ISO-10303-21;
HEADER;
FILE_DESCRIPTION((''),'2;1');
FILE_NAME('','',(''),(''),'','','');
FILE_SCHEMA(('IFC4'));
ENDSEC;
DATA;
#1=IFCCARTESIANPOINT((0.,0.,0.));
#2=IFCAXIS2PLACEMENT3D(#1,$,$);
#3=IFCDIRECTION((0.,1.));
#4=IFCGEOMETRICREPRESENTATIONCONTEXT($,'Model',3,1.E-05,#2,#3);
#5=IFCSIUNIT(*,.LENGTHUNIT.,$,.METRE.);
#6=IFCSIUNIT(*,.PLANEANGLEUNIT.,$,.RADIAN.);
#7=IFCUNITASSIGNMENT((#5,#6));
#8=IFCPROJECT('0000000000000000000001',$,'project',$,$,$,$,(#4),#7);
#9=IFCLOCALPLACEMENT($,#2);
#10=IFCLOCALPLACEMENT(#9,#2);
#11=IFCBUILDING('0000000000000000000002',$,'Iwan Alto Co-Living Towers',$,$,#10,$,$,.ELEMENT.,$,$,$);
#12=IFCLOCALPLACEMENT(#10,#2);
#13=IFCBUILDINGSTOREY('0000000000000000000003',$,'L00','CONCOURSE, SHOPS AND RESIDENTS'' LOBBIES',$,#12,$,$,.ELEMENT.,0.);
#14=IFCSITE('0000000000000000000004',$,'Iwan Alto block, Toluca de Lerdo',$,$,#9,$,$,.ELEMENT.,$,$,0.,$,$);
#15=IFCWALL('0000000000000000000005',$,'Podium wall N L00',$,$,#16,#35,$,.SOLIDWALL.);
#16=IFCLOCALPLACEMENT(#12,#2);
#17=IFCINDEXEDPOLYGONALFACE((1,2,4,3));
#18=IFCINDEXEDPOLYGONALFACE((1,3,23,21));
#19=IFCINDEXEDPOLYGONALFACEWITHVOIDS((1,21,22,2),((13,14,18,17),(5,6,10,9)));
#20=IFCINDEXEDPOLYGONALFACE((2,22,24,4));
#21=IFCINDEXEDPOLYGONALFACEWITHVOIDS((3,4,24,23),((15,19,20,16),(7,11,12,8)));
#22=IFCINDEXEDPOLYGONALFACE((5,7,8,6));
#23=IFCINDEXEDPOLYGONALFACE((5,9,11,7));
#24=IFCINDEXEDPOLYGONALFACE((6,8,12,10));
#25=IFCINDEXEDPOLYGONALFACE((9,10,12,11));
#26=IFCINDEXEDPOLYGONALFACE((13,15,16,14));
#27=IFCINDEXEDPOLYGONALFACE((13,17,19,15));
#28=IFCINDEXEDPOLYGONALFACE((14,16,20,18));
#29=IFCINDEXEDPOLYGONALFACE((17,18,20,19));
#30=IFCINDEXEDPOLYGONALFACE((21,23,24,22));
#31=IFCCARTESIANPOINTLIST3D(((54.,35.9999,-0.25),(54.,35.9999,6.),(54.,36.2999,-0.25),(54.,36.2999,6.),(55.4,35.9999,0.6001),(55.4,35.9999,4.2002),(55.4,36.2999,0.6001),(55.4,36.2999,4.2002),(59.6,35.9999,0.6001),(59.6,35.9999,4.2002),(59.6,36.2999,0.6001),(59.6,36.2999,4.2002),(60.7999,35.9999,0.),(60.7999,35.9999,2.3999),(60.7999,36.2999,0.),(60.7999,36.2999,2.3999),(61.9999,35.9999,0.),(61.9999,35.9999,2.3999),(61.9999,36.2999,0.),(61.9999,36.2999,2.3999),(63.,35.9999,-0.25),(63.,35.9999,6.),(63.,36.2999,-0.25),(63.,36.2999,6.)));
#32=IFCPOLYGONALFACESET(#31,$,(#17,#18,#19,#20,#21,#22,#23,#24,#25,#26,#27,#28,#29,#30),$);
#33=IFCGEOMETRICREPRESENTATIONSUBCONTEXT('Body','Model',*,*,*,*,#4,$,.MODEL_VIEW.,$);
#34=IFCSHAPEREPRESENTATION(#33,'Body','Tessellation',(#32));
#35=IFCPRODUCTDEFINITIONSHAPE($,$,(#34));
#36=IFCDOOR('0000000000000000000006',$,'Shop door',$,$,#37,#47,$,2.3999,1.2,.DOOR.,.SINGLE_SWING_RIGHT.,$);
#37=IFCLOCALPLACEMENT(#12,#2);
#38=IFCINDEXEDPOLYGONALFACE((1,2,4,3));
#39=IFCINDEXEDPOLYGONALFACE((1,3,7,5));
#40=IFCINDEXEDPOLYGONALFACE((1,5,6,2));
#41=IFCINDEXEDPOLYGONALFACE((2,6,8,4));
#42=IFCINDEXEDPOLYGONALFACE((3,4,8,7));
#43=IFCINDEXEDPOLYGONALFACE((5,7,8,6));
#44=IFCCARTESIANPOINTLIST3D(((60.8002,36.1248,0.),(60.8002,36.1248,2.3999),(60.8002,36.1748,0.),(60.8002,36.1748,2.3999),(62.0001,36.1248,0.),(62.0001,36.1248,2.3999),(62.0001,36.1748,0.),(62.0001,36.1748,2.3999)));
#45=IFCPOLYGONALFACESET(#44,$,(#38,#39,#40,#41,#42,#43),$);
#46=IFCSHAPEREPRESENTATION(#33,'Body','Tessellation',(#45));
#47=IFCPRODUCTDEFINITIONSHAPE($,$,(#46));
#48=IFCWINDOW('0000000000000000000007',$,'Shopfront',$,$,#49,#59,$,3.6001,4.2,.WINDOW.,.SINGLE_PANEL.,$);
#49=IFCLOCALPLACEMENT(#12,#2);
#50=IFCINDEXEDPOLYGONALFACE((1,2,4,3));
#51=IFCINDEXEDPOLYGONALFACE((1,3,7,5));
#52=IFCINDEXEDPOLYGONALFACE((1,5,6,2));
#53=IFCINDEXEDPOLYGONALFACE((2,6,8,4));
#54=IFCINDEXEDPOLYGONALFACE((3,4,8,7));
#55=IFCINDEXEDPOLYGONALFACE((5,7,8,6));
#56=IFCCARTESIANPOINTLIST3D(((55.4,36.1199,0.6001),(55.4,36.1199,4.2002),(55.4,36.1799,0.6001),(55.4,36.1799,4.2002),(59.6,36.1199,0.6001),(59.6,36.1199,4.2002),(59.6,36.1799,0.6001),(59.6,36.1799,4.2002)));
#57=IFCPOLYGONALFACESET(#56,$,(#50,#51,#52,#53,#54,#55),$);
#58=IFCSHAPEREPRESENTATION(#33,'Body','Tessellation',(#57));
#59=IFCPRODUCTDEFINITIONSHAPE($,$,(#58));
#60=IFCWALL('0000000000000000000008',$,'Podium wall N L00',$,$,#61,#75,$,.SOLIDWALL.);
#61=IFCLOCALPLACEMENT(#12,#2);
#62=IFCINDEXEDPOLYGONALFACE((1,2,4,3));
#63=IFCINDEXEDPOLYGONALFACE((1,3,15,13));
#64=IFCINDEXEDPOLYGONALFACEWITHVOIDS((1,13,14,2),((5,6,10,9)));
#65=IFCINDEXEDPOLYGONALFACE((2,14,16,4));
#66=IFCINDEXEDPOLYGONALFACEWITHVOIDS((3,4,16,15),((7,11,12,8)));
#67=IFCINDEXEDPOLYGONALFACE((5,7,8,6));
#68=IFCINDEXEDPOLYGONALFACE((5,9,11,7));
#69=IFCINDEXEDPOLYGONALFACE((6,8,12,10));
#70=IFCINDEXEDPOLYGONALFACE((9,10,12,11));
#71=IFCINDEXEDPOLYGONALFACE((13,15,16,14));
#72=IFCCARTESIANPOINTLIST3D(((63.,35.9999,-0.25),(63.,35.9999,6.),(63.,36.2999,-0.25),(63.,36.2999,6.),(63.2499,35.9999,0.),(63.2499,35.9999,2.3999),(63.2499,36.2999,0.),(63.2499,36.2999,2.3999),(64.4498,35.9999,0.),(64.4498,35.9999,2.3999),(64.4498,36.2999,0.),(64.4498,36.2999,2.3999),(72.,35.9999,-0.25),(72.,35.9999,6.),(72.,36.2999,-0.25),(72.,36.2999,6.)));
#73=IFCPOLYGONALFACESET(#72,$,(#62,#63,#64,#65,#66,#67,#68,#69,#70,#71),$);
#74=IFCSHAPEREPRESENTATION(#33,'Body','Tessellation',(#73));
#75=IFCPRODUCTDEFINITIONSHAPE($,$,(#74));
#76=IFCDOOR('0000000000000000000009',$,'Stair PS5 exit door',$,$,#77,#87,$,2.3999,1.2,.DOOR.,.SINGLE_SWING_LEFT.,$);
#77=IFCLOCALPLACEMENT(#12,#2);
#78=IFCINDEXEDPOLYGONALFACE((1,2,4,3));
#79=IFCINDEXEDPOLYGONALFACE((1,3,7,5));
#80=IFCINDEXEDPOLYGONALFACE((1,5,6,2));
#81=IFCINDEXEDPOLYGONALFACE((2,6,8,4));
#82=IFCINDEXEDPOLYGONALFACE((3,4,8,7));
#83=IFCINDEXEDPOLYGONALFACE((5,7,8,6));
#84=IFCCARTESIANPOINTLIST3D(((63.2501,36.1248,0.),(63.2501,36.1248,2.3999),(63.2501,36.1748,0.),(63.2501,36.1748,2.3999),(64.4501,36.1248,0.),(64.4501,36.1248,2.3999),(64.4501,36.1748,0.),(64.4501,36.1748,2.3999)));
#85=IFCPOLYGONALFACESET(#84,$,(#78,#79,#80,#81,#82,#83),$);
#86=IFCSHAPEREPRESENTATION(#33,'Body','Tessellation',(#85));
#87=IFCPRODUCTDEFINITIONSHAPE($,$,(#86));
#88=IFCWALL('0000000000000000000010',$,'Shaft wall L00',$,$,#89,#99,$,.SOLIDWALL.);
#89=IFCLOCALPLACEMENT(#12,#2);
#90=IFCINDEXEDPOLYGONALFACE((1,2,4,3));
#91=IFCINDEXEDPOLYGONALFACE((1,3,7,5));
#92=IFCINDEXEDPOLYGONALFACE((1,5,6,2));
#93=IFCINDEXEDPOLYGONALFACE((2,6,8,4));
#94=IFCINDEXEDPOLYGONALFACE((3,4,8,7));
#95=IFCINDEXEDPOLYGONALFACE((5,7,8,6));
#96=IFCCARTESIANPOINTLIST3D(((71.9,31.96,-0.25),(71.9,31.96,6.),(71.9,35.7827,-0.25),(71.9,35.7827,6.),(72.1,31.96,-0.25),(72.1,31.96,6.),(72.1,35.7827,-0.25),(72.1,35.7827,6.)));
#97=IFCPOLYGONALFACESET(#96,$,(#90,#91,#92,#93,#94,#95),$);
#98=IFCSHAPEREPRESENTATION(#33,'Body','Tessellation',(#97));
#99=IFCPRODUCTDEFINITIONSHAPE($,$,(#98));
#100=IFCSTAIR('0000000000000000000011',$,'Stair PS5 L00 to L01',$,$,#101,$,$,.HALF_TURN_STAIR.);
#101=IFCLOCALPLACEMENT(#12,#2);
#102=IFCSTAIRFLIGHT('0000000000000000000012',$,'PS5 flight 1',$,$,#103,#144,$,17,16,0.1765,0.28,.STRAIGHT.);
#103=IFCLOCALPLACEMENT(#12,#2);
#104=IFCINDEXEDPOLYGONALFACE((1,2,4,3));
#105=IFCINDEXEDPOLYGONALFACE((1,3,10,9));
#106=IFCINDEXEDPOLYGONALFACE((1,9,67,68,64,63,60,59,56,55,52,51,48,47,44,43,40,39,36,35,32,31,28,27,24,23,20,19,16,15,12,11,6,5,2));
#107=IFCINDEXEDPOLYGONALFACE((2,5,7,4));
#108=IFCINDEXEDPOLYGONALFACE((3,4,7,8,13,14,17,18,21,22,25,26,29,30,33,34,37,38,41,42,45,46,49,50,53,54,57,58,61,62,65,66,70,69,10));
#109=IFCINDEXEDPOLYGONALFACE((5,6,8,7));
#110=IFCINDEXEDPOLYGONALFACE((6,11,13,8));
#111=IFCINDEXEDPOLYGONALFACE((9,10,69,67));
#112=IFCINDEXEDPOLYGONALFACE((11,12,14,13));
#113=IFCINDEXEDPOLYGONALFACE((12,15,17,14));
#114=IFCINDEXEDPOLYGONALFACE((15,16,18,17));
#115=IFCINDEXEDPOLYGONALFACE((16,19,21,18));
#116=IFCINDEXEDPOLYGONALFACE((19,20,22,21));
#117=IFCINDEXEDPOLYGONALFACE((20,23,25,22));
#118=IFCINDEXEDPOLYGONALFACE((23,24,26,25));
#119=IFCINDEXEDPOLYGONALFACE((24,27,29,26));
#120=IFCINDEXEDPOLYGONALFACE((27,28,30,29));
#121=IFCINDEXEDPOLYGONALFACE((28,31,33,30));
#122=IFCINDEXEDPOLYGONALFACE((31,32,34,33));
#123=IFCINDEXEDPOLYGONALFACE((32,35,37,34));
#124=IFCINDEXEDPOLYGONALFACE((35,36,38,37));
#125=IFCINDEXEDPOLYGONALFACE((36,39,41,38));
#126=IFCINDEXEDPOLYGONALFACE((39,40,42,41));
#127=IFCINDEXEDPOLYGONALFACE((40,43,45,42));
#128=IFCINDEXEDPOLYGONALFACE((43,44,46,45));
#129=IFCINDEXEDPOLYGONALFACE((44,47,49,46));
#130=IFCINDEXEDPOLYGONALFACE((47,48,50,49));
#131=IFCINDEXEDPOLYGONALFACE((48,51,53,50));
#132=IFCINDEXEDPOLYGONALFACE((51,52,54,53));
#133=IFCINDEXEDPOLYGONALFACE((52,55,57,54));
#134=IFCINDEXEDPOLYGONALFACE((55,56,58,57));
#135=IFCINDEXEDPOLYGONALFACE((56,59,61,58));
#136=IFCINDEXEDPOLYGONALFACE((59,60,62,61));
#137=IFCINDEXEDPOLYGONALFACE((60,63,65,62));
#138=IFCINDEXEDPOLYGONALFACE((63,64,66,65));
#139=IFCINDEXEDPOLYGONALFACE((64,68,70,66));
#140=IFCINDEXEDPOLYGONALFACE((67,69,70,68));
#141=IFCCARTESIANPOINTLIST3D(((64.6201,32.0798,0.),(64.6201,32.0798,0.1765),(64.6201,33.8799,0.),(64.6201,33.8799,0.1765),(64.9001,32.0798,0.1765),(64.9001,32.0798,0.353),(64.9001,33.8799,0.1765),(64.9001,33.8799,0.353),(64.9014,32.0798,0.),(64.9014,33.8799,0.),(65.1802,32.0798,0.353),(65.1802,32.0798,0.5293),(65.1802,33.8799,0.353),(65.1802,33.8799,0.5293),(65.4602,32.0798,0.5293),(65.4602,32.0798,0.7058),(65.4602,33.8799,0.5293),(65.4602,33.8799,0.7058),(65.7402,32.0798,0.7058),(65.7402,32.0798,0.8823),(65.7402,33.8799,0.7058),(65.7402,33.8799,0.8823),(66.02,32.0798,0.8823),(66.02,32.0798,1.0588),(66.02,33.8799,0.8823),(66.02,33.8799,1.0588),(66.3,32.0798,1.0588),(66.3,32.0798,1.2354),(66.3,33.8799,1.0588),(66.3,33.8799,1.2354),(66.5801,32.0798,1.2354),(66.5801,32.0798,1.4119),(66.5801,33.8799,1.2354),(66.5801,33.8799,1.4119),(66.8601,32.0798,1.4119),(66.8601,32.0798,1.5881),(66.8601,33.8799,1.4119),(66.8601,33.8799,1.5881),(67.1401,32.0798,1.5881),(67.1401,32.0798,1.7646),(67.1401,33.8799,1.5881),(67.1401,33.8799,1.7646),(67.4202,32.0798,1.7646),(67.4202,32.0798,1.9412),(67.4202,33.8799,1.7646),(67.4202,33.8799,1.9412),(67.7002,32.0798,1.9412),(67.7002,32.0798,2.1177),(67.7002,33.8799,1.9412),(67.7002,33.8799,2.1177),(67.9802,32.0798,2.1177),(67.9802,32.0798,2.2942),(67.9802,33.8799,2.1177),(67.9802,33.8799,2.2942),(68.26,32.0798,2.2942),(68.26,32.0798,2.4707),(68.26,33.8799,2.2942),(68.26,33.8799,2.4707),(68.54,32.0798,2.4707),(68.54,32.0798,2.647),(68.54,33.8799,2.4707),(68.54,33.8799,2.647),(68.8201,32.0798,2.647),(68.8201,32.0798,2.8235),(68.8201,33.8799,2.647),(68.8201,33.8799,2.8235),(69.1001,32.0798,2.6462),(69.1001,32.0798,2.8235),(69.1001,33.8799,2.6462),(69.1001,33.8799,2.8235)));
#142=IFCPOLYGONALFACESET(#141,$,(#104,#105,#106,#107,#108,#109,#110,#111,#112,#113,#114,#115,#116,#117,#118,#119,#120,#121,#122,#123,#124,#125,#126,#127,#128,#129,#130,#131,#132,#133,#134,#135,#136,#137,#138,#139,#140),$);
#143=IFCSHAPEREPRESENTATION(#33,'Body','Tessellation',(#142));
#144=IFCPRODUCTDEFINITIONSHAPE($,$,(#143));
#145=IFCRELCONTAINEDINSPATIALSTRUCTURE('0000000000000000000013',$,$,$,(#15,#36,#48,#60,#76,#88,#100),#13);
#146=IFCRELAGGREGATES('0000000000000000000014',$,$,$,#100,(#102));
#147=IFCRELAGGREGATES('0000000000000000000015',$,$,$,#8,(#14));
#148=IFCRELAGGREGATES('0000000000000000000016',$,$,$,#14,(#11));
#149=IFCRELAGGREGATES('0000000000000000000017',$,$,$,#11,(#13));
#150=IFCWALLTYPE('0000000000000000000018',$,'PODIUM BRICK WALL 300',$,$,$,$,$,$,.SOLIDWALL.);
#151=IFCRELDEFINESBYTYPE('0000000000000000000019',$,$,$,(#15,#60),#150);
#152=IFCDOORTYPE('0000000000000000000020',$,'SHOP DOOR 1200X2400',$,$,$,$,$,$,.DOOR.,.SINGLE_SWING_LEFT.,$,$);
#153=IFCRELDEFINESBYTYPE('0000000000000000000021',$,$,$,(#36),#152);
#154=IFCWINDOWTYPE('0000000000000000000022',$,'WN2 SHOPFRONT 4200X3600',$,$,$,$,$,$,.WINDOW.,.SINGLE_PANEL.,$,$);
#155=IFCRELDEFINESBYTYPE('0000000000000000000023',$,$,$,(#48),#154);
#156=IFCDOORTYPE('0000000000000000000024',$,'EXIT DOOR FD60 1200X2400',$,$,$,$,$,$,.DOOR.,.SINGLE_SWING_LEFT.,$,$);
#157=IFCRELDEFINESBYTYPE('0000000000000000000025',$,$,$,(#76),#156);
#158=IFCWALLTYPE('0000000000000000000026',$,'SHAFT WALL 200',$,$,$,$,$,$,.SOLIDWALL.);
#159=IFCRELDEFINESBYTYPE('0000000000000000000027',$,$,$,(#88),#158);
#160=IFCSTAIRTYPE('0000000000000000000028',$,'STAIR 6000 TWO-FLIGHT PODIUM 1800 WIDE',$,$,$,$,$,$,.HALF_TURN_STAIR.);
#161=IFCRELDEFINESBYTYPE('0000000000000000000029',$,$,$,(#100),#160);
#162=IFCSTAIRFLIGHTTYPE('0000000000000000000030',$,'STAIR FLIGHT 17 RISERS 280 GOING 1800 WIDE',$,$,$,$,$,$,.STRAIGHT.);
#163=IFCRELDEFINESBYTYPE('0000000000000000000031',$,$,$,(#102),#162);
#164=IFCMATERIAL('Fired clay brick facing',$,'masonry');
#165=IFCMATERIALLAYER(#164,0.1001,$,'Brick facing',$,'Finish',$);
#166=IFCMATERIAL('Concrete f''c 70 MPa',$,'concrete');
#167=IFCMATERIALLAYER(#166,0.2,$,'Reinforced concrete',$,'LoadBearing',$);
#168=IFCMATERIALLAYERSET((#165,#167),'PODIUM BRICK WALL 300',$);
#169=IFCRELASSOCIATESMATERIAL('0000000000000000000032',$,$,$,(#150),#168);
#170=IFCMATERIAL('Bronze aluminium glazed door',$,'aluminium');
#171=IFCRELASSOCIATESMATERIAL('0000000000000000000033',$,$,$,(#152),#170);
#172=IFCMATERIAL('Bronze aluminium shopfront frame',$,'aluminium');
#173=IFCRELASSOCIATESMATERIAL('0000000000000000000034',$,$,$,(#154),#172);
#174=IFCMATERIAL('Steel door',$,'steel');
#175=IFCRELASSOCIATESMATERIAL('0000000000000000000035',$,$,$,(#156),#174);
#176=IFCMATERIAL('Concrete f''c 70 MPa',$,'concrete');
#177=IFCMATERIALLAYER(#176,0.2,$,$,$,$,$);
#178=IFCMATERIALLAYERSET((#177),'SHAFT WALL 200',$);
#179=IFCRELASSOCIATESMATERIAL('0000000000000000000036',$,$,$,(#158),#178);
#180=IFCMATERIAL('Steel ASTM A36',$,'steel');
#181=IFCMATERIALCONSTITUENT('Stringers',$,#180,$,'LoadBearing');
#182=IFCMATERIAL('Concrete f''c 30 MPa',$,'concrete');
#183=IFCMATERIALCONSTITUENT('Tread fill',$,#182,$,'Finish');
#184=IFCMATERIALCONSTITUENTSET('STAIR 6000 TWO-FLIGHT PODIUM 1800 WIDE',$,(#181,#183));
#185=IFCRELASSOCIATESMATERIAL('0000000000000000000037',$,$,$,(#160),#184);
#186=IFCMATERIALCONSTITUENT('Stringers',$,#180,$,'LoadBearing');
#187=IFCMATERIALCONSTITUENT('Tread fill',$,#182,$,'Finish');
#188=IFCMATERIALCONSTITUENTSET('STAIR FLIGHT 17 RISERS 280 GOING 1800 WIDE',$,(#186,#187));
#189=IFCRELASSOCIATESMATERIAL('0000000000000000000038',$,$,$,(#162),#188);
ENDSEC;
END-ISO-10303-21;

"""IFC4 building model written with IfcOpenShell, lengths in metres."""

from ifc_helpers import new_model, si_unit, direction, frame, frame_2d, origin, place, context, subcontext, project, spatial, polyline, rectangle, outline, extrude, material, layer, layer_set, constituent, constituent_set, type_object, element, fill, aggregate, save


model = new_model("IFC4")

# Units and contexts
model_context = context("Model", 3, precision=1e-05, world=origin(), true_north=direction((0.0, 1.0)))
body_context = subcontext(model_context, "Body", "Model", "MODEL_VIEW")
ifc_project = project(units=[si_unit("LENGTHUNIT", "METRE"), si_unit("PLANEANGLEUNIT", "RADIAN")], contexts=[model_context])

# Site, building, storey
site_placement = place(None, origin())
site = spatial("IfcSite", under=ifc_project, at=site_placement, Name="Iwan Alto block, Toluca de Lerdo", CompositionType="ELEMENT", RefElevation=0.0)
building_placement = place(site_placement, origin())
building = spatial("IfcBuilding", under=site, at=building_placement, Name="Iwan Alto Co-Living Towers", CompositionType="ELEMENT")
storey_placement = place(building_placement, origin())
storey = spatial("IfcBuildingStorey", under=building, at=storey_placement, Name="L00", Description="CONCOURSE, SHOPS AND RESIDENTS' LOBBIES", CompositionType="ELEMENT", Elevation=0.0)

# Wall, openings, door, window
ifc_material_1 = material(Name="Fired clay brick facing", Category="masonry")
ifc_layer_1 = layer(ifc_material_1, 0.1001, Name="Brick facing", Category="Finish")
ifc_material_2 = material(Name="Concrete f'c 70 MPa", Category="concrete")
ifc_layer_2 = layer(ifc_material_2, 0.2, Name="Reinforced concrete", Category="LoadBearing")
ifc_layer_set_1 = layer_set([ifc_layer_1, ifc_layer_2], Name="PODIUM BRICK WALL 300")
wall_type_1 = type_object("IfcWallType", Name="PODIUM BRICK WALL 300", PredefinedType="SOLIDWALL", material=ifc_layer_set_1)
wall_1_placement = place(storey_placement, frame((63.0, 36.1499, -0.25), z_axis=(0.0, 0.0, 1.0), x_axis=(-1.0, 0.0, 0.0)))
wall_1 = element("IfcWall", 1, at=wall_1_placement, inside=storey, type_object=wall_type_1, Name="Podium wall N L00", PredefinedType="SOLIDWALL", context=body_context, shape_type="SweptSolid", body=[
    extrude(rectangle(XDim=9.0, YDim=0.3, at=frame_2d((4.5, 0.0))), origin(), (0.0, 0.0, 1.0), 6.25),
])
opening_1_placement = place(wall_1_placement, frame((1.0, 0.0, 0.25)))
opening_1 = element("IfcOpeningElement", 2, at=opening_1_placement, cuts=wall_1, PredefinedType="OPENING", context=body_context, shape_type="SweptSolid", body=[
    extrude(rectangle(XDim=1.2, YDim=2.3999, at=frame_2d((0.6001, 1.2))), frame((0.0, 0.1599, 0.0), z_axis=(0.0, -1.0, 0.0), x_axis=(1.0, 0.0, 0.0)), (0.0, 0.0, 1.0), 0.3201),
])
opening_2_placement = place(wall_1_placement, frame((3.3999, 0.0, 0.8501)))
opening_2 = element("IfcOpeningElement", 3, at=opening_2_placement, cuts=wall_1, PredefinedType="OPENING", context=body_context, shape_type="SweptSolid", body=[
    extrude(rectangle(XDim=4.2, YDim=3.6001, at=frame_2d((2.1001, 1.8))), frame((0.0, 0.1599, 0.0), z_axis=(0.0, -1.0, 0.0), x_axis=(1.0, 0.0, 0.0)), (0.0, 0.0, 1.0), 0.3201),
])
ifc_material_3 = material(Name="Bronze aluminium glazed door", Category="aluminium")
door_type_1 = type_object("IfcDoorType", Name="SHOP DOOR 1200X2400", OperationType="SINGLE_SWING_LEFT", PredefinedType="DOOR", material=ifc_material_3)
door_1_placement = place(opening_1_placement, frame((1.2, 0.0, 0.0), z_axis=(0.0, 0.0, 1.0), x_axis=(-1.0, 0.0, 0.0)))
door_1 = element("IfcDoor", 4, at=door_1_placement, inside=storey, type_object=door_type_1, Name="Shop door", OperationType="SINGLE_SWING_RIGHT", OverallHeight=2.3999, OverallWidth=1.2, PredefinedType="DOOR", context=body_context, shape_type="SweptSolid", body=[
    extrude(rectangle(XDim=1.2, YDim=2.3999, at=frame_2d((0.6001, 1.2))), frame((0.0, 0.0249, 0.0), z_axis=(0.0, -1.0, 0.0), x_axis=(1.0, 0.0, 0.0)), (0.0, 0.0, 1.0), 0.05),
])
fill(opening_1, door_1)
ifc_material_4 = material(Name="Bronze aluminium shopfront frame", Category="aluminium")
window_type = type_object("IfcWindowType", Name="WN2 SHOPFRONT 4200X3600", PartitioningType="SINGLE_PANEL", PredefinedType="WINDOW", material=ifc_material_4)
window_placement = place(opening_2_placement, origin())
window = element("IfcWindow", 5, at=window_placement, inside=storey, type_object=window_type, Name="Shopfront", OverallHeight=3.6001, OverallWidth=4.2, PartitioningType="SINGLE_PANEL", PredefinedType="WINDOW", context=body_context, shape_type="SweptSolid", body=[
    extrude(rectangle(XDim=4.2, YDim=3.6001, at=frame_2d((2.1001, 1.8))), frame((0.0, 0.03, 0.0), z_axis=(0.0, -1.0, 0.0), x_axis=(1.0, 0.0, 0.0)), (0.0, 0.0, 1.0), 0.0601),
])
fill(opening_2, window)

# Wall, opening, door
wall_2_placement = place(storey_placement, frame((72.0, 36.1499, -0.25), z_axis=(0.0, 0.0, 1.0), x_axis=(-1.0, 0.0, 0.0)))
wall_2 = element("IfcWall", 6, at=wall_2_placement, inside=storey, type_object=wall_type_1, Name="Podium wall N L00", PredefinedType="SOLIDWALL", context=body_context, shape_type="SweptSolid", body=[
    extrude(rectangle(XDim=9.0, YDim=0.3, at=frame_2d((4.5, 0.0))), origin(), (0.0, 0.0, 1.0), 6.25),
])
opening_3_placement = place(wall_2_placement, frame((7.55, 0.0, 0.25)))
opening_3 = element("IfcOpeningElement", 7, at=opening_3_placement, cuts=wall_2, PredefinedType="OPENING", context=body_context, shape_type="SweptSolid", body=[
    extrude(rectangle(XDim=1.2, YDim=2.3999, at=frame_2d((0.6001, 1.2))), frame((0.0, 0.1599, 0.0), z_axis=(0.0, -1.0, 0.0), x_axis=(1.0, 0.0, 0.0)), (0.0, 0.0, 1.0), 0.3201),
])
ifc_material_5 = material(Name="Steel door", Category="steel")
door_type_2 = type_object("IfcDoorType", Name="EXIT DOOR FD60 1200X2400", OperationType="SINGLE_SWING_LEFT", PredefinedType="DOOR", material=ifc_material_5)
door_2_placement = place(opening_3_placement, frame((1.2, 0.0, 0.0), z_axis=(0.0, 0.0, 1.0), x_axis=(-1.0, 0.0, 0.0)))
door_2 = element("IfcDoor", 8, at=door_2_placement, inside=storey, type_object=door_type_2, Name="Stair PS5 exit door", OperationType="SINGLE_SWING_LEFT", OverallHeight=2.3999, OverallWidth=1.2, PredefinedType="DOOR", context=body_context, shape_type="SweptSolid", body=[
    extrude(rectangle(XDim=1.2, YDim=2.3999, at=frame_2d((0.6001, 1.2))), frame((0.0, 0.0249, 0.0), z_axis=(0.0, -1.0, 0.0), x_axis=(1.0, 0.0, 0.0)), (0.0, 0.0, 1.0), 0.05),
])
fill(opening_3, door_2)

# Wall
ifc_material_6 = material(Name="Concrete f'c 70 MPa", Category="concrete")
ifc_layer_3 = layer(ifc_material_6, 0.2)
ifc_layer_set_2 = layer_set([ifc_layer_3], Name="SHAFT WALL 200")
wall_type_2 = type_object("IfcWallType", Name="SHAFT WALL 200", PredefinedType="SOLIDWALL", material=ifc_layer_set_2)
wall_3_placement = place(storey_placement, frame((72.0, 31.96, -0.25), z_axis=(0.0, 0.0, 1.0), x_axis=(0.0, 1.0, 0.0)))
element("IfcWall", 9, at=wall_3_placement, inside=storey, type_object=wall_type_2, Name="Shaft wall L00", PredefinedType="SOLIDWALL", context=body_context, shape_type="SweptSolid", body=[
    extrude(rectangle(XDim=3.8228, YDim=0.2, at=frame_2d((1.9114, 0.0))), origin(), (0.0, 0.0, 1.0), 6.25),
])

# Stair, stair flight
ifc_material_7 = material(Name="Steel ASTM A36", Category="steel")
ifc_constituent_1 = constituent(ifc_material_7, Name="Stringers", Category="LoadBearing")
ifc_material_8 = material(Name="Concrete f'c 30 MPa", Category="concrete")
ifc_constituent_2 = constituent(ifc_material_8, Name="Tread fill", Category="Finish")
ifc_constituent_set_1 = constituent_set(constituents=[ifc_constituent_1, ifc_constituent_2], Name="STAIR 6000 TWO-FLIGHT PODIUM 1800 WIDE")
stair_type = type_object("IfcStairType", Name="STAIR 6000 TWO-FLIGHT PODIUM 1800 WIDE", PredefinedType="HALF_TURN_STAIR", material=ifc_constituent_set_1)
stair_placement = place(storey_placement, origin())
stair = element("IfcStair", 10, at=stair_placement, inside=storey, type_object=stair_type, Name="Stair PS5 L00 to L01", PredefinedType="HALF_TURN_STAIR")
ifc_constituent_3 = constituent(ifc_material_7, Name="Stringers", Category="LoadBearing")
ifc_constituent_4 = constituent(ifc_material_8, Name="Tread fill", Category="Finish")
ifc_constituent_set_2 = constituent_set(constituents=[ifc_constituent_3, ifc_constituent_4], Name="STAIR FLIGHT 17 RISERS 280 GOING 1800 WIDE")
stair_flight_type = type_object("IfcStairFlightType", Name="STAIR FLIGHT 17 RISERS 280 GOING 1800 WIDE", PredefinedType="STRAIGHT", material=ifc_constituent_set_2)
stair_flight_1_placement = place(storey_placement, frame((64.6201, 32.98, 0.0), z_axis=(0.0, 0.0, 1.0), x_axis=(1.0, 0.0, 0.0)))
stair_flight_1 = element("IfcStairFlight", 11, at=stair_flight_1_placement, type_object=stair_flight_type, Name="PS5 flight 1", NumberOfRisers=17, NumberOfTreads=16, PredefinedType="STRAIGHT", RiserHeight=0.1765, TreadLength=0.28, context=body_context, shape_type="SweptSolid", body=[
    extrude(outline(polyline([(0.0, 0.0), (0.0, 0.1765), (0.28, 0.1765), (0.28, 0.353), (0.5601, 0.353), (0.5601, 0.5293), (0.8401, 0.5293), (0.8401, 0.7058), (1.1201, 0.7058), (1.1201, 0.8823), (1.3999, 0.8823), (1.3999, 1.0588), (1.6799, 1.0588), (1.6799, 1.2354), (1.96, 1.2354), (1.96, 1.4119), (2.24, 1.4119), (2.24, 1.5881), (2.52, 1.5881), (2.52, 1.7646), (2.8, 1.7646), (2.8, 1.9412), (3.0801, 1.9412), (3.0801, 2.1177), (3.3601, 2.1177), (3.3601, 2.2942), (3.6399, 2.2942), (3.6399, 2.4707), (3.9199, 2.4707), (3.9199, 2.647), (4.2, 2.647), (4.2, 2.8235), (4.48, 2.8235), (4.48, 3.0), (4.48, 2.6462), (0.2812, 0.0), (0.0, 0.0)])), frame((0.0, 0.8999, 0.0), z_axis=(0.0, -1.0, 0.0), x_axis=(1.0, 0.0, 0.0)), (0.0, 0.0, 1.0), 1.8),
])
aggregate(stair, [stair_flight_1])

save(model, "model.ifc")
